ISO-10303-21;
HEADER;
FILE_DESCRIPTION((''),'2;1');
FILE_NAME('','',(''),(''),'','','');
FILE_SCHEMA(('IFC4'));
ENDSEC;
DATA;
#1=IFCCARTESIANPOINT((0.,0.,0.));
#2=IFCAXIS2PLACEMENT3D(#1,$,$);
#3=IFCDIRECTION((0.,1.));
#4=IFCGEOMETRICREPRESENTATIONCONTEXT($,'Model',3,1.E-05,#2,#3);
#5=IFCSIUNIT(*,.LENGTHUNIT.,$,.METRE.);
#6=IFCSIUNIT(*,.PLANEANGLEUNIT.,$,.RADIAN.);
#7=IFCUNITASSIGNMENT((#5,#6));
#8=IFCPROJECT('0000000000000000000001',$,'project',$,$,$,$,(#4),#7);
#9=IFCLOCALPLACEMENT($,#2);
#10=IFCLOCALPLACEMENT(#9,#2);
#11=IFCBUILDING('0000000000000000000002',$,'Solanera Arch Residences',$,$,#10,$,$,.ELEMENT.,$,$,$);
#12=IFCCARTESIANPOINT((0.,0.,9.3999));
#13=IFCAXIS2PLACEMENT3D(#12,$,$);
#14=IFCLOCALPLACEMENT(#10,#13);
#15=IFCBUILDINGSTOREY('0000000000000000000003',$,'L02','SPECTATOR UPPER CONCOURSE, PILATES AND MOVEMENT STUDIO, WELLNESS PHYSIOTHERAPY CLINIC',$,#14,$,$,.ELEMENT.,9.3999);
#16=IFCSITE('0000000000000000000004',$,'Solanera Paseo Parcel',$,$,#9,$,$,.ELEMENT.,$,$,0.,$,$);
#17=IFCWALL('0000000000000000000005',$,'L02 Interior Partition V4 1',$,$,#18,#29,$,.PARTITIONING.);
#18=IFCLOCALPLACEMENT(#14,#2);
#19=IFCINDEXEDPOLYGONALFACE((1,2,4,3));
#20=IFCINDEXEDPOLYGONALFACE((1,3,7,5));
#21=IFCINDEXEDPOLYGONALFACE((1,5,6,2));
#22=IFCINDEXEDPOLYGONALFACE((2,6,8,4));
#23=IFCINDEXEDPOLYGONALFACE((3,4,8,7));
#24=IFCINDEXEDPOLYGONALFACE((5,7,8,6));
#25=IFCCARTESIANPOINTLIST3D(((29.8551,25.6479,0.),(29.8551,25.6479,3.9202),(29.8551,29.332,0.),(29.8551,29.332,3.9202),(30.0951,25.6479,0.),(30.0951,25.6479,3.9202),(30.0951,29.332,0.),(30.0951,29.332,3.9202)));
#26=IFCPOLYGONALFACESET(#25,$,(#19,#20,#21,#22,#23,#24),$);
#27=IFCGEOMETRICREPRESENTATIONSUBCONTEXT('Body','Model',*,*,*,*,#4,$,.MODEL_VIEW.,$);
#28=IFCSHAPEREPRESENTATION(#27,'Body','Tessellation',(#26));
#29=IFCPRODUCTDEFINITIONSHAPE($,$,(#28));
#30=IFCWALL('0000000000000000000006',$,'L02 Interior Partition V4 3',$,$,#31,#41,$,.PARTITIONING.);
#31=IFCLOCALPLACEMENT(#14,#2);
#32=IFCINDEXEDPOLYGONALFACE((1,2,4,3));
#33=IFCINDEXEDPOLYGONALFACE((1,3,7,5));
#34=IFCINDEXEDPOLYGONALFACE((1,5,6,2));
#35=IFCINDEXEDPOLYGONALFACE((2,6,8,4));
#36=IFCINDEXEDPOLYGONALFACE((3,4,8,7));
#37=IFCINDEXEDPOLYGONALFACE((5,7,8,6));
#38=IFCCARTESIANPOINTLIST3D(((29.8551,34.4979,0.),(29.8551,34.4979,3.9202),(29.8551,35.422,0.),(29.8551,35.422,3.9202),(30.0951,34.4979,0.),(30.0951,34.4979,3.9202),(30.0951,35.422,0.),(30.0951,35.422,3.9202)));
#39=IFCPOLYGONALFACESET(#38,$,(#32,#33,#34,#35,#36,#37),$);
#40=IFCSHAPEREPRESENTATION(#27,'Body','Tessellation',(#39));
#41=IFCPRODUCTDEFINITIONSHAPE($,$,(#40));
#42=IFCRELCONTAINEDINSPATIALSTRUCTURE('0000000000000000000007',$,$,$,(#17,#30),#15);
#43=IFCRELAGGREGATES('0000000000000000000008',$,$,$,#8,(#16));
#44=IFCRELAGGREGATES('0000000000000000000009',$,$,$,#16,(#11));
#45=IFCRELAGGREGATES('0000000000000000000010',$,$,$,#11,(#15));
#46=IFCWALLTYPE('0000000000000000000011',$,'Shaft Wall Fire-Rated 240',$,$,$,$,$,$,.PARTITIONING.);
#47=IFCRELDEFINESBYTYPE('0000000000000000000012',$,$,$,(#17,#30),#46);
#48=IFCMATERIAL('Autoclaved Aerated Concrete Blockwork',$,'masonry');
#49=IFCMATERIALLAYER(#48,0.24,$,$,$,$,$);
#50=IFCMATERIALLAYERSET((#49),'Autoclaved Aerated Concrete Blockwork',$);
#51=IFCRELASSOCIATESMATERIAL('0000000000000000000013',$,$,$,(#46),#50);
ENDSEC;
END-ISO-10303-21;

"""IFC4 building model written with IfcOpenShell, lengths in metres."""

from ifc_helpers import new_model, si_unit, direction, frame, frame_2d, origin, place, context, subcontext, project, spatial, rectangle, extrude, material, layer, layer_set, type_object, element, save


model = new_model("IFC4")

# Units and contexts
model_context = context("Model", 3, precision=1e-05, world=origin(), true_north=direction((0.0, 1.0)))
body_context = subcontext(model_context, "Body", "Model", "MODEL_VIEW")
ifc_project = project(units=[si_unit("LENGTHUNIT", "METRE"), si_unit("PLANEANGLEUNIT", "RADIAN")], contexts=[model_context])

# Site, building, storey
site_placement = place(None, origin())
site = spatial("IfcSite", under=ifc_project, at=site_placement, Name="Solanera Paseo Parcel", CompositionType="ELEMENT", RefElevation=0.0)
building_placement = place(site_placement, origin())
building = spatial("IfcBuilding", under=site, at=building_placement, Name="Solanera Arch Residences", CompositionType="ELEMENT")
storey_placement = place(building_placement, frame((0.0, 0.0, 9.3999)))
storey = spatial("IfcBuildingStorey", under=building, at=storey_placement, Name="L02", Description="SPECTATOR UPPER CONCOURSE, PILATES AND MOVEMENT STUDIO, WELLNESS PHYSIOTHERAPY CLINIC", CompositionType="ELEMENT", Elevation=9.3999)

# Shared definitions
ifc_material_1 = material(Name="Autoclaved Aerated Concrete Blockwork", Category="masonry")
ifc_layer_1 = layer(ifc_material_1, 0.24)
ifc_layer_set_1 = layer_set([ifc_layer_1], Name="Autoclaved Aerated Concrete Blockwork")
wall_type_1 = type_object("IfcWallType", Name="Shaft Wall Fire-Rated 240", PredefinedType="PARTITIONING", material=ifc_layer_set_1)

# Wall
wall_1_placement = place(storey_placement, frame((29.9751, 25.6479, 0.0), z_axis=(0.0, 0.0, 1.0), x_axis=(0.0, 1.0, 0.0)))
element("IfcWall", 1, at=wall_1_placement, inside=storey, type_object=wall_type_1, Name="L02 Interior Partition V4 1", PredefinedType="PARTITIONING", context=body_context, shape_type="SweptSolid", body=[
    extrude(rectangle(XDim=3.6841, YDim=0.24, at=frame_2d((1.842, 0.0))), origin(), (0.0, 0.0, 1.0), 3.9202),
])

# Wall
wall_2_placement = place(storey_placement, frame((29.9751, 34.498, 0.0), z_axis=(0.0, 0.0, 1.0), x_axis=(0.0, 1.0, 0.0)))
element("IfcWall", 2, at=wall_2_placement, inside=storey, type_object=wall_type_1, Name="L02 Interior Partition V4 3", PredefinedType="PARTITIONING", context=body_context, shape_type="SweptSolid", body=[
    extrude(rectangle(XDim=0.9241, YDim=0.24, at=frame_2d((0.4619, 0.0))), origin(), (0.0, 0.0, 1.0), 3.9202),
])

save(model, "model.ifc")
